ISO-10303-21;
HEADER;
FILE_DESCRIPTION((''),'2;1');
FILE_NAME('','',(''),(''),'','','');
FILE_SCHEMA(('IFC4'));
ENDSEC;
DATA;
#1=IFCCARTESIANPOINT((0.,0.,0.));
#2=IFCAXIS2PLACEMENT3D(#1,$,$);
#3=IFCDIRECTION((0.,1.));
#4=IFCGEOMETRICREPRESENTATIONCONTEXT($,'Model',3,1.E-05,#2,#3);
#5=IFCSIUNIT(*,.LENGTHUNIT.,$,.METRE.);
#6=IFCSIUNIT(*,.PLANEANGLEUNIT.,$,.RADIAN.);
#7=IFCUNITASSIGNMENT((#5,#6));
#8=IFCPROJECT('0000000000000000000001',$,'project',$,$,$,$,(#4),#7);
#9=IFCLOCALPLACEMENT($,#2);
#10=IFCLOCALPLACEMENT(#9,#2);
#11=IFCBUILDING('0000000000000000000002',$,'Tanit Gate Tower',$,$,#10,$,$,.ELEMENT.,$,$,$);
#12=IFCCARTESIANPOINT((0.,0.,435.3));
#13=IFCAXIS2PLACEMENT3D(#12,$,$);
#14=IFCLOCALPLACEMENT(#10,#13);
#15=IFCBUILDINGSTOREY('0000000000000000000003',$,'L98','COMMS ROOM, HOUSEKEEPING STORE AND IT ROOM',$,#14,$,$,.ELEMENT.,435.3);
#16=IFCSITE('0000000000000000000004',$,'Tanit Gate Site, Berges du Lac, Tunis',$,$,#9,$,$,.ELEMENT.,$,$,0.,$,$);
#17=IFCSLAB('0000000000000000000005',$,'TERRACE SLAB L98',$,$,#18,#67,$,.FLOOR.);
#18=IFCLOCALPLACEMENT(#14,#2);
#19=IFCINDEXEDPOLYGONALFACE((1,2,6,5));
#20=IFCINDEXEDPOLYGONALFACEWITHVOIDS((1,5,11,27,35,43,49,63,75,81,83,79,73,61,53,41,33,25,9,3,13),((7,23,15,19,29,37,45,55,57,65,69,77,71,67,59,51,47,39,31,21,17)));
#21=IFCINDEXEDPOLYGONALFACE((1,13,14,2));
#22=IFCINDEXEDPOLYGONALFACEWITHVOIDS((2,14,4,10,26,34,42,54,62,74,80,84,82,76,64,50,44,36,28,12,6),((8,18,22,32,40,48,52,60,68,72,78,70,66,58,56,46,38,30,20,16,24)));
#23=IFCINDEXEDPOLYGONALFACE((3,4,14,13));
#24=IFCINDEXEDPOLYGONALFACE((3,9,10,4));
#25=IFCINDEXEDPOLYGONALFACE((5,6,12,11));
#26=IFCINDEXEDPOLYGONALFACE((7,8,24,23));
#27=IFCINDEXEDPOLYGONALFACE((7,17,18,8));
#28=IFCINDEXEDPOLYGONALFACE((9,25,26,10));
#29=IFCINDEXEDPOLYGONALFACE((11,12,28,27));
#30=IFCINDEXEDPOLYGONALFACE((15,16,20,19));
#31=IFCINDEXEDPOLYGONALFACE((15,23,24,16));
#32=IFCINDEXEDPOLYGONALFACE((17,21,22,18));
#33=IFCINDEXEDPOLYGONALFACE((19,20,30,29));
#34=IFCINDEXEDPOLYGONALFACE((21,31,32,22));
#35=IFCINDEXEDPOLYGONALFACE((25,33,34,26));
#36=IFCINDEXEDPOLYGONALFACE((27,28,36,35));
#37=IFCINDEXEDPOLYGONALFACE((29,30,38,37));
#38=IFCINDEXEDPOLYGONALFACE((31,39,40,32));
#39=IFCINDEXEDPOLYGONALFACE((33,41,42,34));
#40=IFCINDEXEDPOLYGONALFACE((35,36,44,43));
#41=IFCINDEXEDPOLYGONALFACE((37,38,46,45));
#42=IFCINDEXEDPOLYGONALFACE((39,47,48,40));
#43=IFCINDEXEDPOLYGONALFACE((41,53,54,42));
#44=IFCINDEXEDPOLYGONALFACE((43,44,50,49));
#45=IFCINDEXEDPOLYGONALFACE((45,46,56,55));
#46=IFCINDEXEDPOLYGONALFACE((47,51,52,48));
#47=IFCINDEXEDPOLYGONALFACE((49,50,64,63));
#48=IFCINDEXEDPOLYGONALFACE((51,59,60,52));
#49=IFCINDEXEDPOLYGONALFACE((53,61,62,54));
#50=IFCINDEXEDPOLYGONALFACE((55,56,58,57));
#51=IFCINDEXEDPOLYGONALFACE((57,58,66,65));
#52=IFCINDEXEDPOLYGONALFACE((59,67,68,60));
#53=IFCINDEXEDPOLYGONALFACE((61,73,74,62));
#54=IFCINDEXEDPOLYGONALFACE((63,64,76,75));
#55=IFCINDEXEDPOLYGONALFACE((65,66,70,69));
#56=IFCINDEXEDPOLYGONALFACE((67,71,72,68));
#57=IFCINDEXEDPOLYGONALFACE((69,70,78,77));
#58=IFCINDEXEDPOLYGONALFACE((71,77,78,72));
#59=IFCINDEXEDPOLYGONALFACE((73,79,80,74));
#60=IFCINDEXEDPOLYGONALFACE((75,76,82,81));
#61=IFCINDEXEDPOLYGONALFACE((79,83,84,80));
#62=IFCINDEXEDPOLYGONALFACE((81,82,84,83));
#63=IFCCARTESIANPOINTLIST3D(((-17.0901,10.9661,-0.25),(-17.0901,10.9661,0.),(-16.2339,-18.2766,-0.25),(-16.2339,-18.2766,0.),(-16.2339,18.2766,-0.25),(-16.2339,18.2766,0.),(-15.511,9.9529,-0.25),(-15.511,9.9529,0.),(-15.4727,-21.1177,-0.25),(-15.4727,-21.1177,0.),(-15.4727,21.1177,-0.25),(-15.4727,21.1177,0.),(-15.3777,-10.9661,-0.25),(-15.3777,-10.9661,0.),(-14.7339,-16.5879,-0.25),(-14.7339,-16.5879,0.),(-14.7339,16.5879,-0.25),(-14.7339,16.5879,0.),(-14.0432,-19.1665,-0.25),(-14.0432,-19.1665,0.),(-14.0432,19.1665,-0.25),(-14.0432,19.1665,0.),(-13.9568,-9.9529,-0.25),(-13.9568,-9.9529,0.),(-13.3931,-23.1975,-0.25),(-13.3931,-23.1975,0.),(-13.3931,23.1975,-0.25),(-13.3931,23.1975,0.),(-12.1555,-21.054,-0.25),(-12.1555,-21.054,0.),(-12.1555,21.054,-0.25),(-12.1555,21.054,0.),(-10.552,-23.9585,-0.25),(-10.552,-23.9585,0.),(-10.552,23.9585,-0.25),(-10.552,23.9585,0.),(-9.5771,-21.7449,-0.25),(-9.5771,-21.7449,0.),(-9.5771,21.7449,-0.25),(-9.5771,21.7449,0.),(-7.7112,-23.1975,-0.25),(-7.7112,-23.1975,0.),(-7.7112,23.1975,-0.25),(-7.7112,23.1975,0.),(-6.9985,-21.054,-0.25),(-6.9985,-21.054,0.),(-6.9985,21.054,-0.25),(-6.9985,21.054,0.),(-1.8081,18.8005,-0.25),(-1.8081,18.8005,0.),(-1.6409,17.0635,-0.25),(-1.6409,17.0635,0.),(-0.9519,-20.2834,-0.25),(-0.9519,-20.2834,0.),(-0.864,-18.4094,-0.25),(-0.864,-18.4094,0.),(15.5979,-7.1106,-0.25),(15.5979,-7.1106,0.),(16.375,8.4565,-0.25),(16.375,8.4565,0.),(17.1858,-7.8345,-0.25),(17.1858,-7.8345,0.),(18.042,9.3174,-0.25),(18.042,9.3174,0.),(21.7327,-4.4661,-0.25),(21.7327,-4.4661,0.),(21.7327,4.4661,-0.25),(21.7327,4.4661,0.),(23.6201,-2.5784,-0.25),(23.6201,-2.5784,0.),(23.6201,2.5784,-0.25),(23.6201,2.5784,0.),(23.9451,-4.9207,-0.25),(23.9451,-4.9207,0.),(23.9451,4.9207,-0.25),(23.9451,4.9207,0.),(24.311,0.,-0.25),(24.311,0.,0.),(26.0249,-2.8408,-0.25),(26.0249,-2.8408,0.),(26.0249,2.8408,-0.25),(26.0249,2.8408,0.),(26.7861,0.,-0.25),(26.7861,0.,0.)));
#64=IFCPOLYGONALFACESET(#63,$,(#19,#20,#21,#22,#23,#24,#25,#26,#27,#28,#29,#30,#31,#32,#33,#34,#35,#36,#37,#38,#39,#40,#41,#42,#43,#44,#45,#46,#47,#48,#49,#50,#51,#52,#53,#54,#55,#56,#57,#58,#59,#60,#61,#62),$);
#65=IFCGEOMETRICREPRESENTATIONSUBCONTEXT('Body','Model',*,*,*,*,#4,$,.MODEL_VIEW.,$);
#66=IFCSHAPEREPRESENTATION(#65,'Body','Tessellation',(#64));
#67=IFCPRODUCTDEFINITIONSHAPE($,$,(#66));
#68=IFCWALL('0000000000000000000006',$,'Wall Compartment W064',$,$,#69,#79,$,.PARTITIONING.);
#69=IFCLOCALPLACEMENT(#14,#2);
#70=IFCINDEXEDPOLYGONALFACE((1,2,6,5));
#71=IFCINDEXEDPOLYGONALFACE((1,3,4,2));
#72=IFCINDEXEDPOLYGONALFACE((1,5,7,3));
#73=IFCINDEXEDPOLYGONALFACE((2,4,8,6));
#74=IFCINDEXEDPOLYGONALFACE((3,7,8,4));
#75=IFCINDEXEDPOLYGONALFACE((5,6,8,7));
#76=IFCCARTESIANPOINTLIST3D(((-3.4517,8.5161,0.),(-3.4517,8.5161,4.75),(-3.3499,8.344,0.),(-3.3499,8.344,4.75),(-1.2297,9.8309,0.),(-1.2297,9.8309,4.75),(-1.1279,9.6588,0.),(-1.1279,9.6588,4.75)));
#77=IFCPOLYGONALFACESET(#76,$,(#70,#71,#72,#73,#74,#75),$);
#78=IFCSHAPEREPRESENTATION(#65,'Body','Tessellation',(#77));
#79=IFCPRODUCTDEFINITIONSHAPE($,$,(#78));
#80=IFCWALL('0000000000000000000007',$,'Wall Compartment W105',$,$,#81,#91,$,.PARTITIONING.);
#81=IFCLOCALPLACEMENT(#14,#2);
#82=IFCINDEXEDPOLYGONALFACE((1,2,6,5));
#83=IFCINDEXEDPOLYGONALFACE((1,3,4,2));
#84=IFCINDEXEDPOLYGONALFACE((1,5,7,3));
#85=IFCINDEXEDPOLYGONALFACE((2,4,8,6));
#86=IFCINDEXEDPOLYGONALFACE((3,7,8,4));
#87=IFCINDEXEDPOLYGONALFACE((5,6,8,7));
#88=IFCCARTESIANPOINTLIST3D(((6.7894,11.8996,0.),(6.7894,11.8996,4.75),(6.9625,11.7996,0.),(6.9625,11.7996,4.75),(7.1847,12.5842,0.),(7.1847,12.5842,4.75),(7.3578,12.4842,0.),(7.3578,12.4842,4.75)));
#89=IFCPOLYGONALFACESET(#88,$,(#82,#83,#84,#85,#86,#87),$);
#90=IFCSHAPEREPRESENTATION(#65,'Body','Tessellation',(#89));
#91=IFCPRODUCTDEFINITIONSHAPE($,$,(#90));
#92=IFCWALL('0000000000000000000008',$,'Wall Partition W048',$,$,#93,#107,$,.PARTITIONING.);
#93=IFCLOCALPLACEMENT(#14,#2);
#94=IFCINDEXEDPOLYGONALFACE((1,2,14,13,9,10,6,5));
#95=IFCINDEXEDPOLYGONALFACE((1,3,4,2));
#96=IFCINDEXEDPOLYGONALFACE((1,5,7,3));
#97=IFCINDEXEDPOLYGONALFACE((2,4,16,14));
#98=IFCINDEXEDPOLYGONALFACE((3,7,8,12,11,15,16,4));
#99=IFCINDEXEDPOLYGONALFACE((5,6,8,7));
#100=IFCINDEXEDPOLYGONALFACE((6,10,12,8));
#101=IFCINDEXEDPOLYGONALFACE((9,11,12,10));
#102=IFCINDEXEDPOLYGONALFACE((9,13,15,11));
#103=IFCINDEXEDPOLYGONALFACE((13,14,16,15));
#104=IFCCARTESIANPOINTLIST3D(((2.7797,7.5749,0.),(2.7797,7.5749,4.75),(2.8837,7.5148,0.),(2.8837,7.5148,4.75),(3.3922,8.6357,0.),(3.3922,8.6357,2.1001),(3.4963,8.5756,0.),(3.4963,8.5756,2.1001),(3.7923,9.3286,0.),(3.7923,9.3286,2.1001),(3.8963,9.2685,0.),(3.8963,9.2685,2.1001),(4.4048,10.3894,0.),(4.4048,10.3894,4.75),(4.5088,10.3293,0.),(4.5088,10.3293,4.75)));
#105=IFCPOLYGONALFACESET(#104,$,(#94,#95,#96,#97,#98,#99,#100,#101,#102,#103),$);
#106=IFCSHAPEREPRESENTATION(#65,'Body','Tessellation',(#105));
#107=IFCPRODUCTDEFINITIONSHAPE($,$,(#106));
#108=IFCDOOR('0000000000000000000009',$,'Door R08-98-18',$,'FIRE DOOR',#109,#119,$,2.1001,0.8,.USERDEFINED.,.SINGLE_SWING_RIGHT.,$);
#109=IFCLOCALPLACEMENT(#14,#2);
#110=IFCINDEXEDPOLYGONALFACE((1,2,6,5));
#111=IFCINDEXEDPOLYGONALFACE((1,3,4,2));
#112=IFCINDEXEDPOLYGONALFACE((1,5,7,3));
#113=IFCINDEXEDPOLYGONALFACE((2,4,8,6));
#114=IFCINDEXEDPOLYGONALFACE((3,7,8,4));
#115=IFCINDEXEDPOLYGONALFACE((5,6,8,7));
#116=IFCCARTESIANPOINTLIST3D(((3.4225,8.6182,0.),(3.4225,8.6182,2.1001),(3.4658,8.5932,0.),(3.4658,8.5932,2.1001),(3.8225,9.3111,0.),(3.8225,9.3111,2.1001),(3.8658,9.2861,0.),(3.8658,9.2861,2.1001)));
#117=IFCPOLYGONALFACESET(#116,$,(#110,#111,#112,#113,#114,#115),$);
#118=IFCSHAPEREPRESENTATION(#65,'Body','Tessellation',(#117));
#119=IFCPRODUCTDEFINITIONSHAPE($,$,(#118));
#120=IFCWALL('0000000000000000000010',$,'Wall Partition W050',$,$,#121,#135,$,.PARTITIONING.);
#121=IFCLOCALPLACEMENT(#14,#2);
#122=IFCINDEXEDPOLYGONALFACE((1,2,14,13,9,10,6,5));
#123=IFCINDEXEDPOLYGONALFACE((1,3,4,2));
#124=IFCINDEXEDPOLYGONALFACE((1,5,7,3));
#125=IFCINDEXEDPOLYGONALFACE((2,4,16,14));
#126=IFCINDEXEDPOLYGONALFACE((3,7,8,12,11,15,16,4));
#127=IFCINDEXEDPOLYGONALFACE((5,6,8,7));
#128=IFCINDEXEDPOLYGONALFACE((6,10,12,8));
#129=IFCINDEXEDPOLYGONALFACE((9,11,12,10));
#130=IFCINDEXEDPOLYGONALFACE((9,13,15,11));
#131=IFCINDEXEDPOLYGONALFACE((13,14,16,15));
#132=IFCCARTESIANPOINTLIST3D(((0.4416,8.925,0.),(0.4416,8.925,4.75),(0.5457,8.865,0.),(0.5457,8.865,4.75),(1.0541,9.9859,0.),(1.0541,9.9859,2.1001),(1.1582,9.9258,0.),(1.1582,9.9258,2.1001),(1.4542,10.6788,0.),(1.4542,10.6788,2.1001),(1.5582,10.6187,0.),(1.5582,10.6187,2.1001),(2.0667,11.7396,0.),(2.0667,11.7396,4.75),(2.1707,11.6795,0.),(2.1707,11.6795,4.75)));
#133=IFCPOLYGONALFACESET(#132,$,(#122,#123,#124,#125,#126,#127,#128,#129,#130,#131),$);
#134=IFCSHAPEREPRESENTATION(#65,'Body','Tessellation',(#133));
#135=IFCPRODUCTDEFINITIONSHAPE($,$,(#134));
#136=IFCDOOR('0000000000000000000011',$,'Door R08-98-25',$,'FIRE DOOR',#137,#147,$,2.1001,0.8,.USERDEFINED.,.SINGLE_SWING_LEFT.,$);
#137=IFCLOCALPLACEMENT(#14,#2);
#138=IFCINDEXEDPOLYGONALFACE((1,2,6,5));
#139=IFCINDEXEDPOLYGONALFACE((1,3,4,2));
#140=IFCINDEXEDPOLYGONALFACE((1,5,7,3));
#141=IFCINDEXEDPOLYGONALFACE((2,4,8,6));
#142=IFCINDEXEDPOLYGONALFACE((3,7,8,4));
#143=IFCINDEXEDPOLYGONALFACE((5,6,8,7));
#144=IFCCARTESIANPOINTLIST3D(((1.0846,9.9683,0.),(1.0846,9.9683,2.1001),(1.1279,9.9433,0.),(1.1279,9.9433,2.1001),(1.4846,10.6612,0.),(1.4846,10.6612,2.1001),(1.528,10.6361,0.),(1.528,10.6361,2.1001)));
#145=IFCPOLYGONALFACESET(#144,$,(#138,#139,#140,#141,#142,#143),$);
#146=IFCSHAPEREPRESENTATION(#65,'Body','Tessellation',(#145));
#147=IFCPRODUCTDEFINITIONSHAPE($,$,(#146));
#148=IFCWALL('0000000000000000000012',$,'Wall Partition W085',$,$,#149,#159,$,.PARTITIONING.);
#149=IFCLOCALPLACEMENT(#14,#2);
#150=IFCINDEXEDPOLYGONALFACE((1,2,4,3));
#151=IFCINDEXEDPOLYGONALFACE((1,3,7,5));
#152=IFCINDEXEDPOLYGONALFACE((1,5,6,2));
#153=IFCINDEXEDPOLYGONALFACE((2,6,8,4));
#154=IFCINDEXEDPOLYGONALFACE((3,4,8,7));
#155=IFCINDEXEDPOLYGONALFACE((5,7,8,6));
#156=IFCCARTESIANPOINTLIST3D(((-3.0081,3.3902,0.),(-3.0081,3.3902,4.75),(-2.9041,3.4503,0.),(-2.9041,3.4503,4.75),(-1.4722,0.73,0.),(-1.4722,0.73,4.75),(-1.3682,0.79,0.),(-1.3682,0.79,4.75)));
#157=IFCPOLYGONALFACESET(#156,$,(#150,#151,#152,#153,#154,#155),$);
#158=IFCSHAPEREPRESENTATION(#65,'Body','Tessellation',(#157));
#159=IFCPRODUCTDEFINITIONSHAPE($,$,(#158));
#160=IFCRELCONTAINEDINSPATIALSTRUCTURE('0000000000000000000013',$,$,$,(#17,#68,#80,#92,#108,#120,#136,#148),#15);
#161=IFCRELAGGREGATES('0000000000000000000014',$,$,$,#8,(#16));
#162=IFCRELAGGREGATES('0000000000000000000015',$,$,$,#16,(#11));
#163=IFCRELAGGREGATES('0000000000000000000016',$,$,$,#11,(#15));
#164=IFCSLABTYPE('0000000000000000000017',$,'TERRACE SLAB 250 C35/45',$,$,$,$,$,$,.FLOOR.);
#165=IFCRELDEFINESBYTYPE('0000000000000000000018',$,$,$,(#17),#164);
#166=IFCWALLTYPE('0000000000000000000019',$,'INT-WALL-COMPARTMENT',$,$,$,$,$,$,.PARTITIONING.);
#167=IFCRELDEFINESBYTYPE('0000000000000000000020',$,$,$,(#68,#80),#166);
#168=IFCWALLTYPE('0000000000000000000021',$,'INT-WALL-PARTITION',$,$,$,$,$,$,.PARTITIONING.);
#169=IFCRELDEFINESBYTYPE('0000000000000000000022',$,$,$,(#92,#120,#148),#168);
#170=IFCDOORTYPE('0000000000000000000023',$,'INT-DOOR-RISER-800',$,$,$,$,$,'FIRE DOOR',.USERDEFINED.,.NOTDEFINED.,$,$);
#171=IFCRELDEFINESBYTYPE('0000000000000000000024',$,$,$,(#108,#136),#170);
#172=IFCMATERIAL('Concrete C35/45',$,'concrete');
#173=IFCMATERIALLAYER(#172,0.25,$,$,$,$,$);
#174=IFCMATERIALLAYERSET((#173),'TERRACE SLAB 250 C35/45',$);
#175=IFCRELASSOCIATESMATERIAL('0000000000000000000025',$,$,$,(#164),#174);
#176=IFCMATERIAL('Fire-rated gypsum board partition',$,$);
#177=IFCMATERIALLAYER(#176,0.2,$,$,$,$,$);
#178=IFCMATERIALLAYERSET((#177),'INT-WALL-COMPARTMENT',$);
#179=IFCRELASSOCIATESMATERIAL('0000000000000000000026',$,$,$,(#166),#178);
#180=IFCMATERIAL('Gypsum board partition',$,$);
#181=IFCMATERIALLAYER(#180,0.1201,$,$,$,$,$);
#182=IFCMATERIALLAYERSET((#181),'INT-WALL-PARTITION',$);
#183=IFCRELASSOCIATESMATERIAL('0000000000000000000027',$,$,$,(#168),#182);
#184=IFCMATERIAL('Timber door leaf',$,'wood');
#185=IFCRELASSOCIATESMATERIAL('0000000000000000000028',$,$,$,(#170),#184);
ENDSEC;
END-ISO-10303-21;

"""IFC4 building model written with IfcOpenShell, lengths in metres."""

from ifc_helpers import new_model, si_unit, direction, frame, frame_2d, origin, place, context, subcontext, project, spatial, polyline, rectangle, outline, extrude, material, layer, layer_set, type_object, element, fill, save


model = new_model("IFC4")

# Units and contexts
model_context = context("Model", 3, precision=1e-05, world=origin(), true_north=direction((0.0, 1.0)))
body_context = subcontext(model_context, "Body", "Model", "MODEL_VIEW")
ifc_project = project(units=[si_unit("LENGTHUNIT", "METRE"), si_unit("PLANEANGLEUNIT", "RADIAN")], contexts=[model_context])

# Site, building, storey
site_placement = place(None, origin())
site = spatial("IfcSite", under=ifc_project, at=site_placement, Name="Tanit Gate Site, Berges du Lac, Tunis", CompositionType="ELEMENT", RefElevation=0.0)
building_placement = place(site_placement, origin())
building = spatial("IfcBuilding", under=site, at=building_placement, Name="Tanit Gate Tower", CompositionType="ELEMENT")
storey_placement = place(building_placement, frame((0.0, 0.0, 435.3)))
storey = spatial("IfcBuildingStorey", under=building, at=storey_placement, Name="L98", Description="COMMS ROOM, HOUSEKEEPING STORE AND IT ROOM", CompositionType="ELEMENT", Elevation=435.3)

# Slab
ifc_material_1 = material(Name="Concrete C35/45", Category="concrete")
ifc_layer_1 = layer(ifc_material_1, 0.25)
ifc_layer_set_1 = layer_set([ifc_layer_1], Name="TERRACE SLAB 250 C35/45")
slab_type_1 = type_object("IfcSlabType", Name="TERRACE SLAB 250 C35/45", PredefinedType="FLOOR", material=ifc_layer_set_1)
slab_1_placement = place(storey_placement, frame((0.0, 0.0, -0.25)))
element("IfcSlab", 1, at=slab_1_placement, inside=storey, type_object=slab_type_1, Name="TERRACE SLAB L98", PredefinedType="FLOOR", context=body_context, shape_type="SweptSolid", body=[
    extrude(outline(polyline([(26.0249, 2.8408), (26.7861, 0.0), (26.0249, -2.8408), (23.9451, -4.9207), (17.1858, -7.8345), (-0.9519, -20.2834), (-7.7112, -23.1975), (-10.552, -23.9585), (-13.3931, -23.1975), (-15.4727, -21.1177), (-16.2339, -18.2766), (-15.3777, -10.9661), (-17.0901, 10.9661), (-16.2339, 18.2766), (-15.4727, 21.1177), (-13.3931, 23.1975), (-10.552, 23.9585), (-7.7112, 23.1975), (-1.8081, 18.8005), (18.042, 9.3174), (23.9451, 4.9207), (26.0249, 2.8408)]), holes=[polyline([(16.375, 8.4565), (-1.6409, 17.0635), (-6.9985, 21.054), (-9.5771, 21.7449), (-12.1555, 21.054), (-14.0432, 19.1665), (-14.7339, 16.5879), (-15.511, 9.9529), (-13.9568, -9.9529), (-14.7339, -16.5879), (-14.0432, -19.1665), (-12.1555, -21.054), (-9.5771, -21.7449), (-6.9985, -21.054), (-0.864, -18.4094), (15.5979, -7.1106), (21.7327, -4.4661), (23.6201, -2.5784), (24.311, 0.0), (23.6201, 2.5784), (21.7327, 4.4661), (16.375, 8.4565)])]), origin(), (0.0, 0.0, 1.0), 0.25),
])

# Walls
ifc_material_2 = material(Name="Fire-rated gypsum board partition")
ifc_layer_2 = layer(ifc_material_2, 0.2)
ifc_layer_set_2 = layer_set([ifc_layer_2], Name="INT-WALL-COMPARTMENT")
wall_type_1 = type_object("IfcWallType", Name="INT-WALL-COMPARTMENT", PredefinedType="PARTITIONING", material=ifc_layer_set_2)
wall_1_placement = place(storey_placement, frame((-1.1787, 9.7449, 0.0), z_axis=(0.0, 0.0, 1.0), x_axis=(-0.860631, -0.509229, 0.0)))
element("IfcWall", 2, at=wall_1_placement, inside=storey, type_object=wall_type_1, Name="Wall Compartment W064", PredefinedType="PARTITIONING", context=body_context, shape_type="SweptSolid", body=[
    extrude(rectangle(XDim=2.5818, YDim=0.2, at=frame_2d((1.291, 0.0))), origin(), (0.0, 0.0, 1.0), 4.75),
])
wall_2_placement = place(storey_placement, frame((7.2712, 12.5342, 0.0), z_axis=(0.0, 0.0, 1.0), x_axis=(-0.500025, -0.866011, 0.0)))
element("IfcWall", 3, at=wall_2_placement, inside=storey, type_object=wall_type_1, Name="Wall Compartment W105", PredefinedType="PARTITIONING", context=body_context, shape_type="SweptSolid", body=[
    extrude(rectangle(XDim=0.7905, YDim=0.2, at=frame_2d((0.3953, 0.0))), origin(), (0.0, 0.0, 1.0), 4.75),
])

# Walls, openings, doors
ifc_material_3 = material(Name="Gypsum board partition")
ifc_layer_3 = layer(ifc_material_3, 0.1201)
ifc_layer_set_3 = layer_set([ifc_layer_3], Name="INT-WALL-PARTITION")
wall_type_2 = type_object("IfcWallType", Name="INT-WALL-PARTITION", PredefinedType="PARTITIONING", material=ifc_layer_set_3)
wall_3_placement = place(storey_placement, frame((4.4568, 10.3594, 0.0), z_axis=(0.0, 0.0, 1.0), x_axis=(-0.500017, -0.866015, 0.0)))
wall_3 = element("IfcWall", 4, at=wall_3_placement, inside=storey, type_object=wall_type_2, Name="Wall Partition W048", PredefinedType="PARTITIONING", context=body_context, shape_type="SweptSolid", body=[
    extrude(rectangle(XDim=3.25, YDim=0.1201, at=frame_2d((1.625, 0.0))), origin(), (0.0, 0.0, 1.0), 4.75),
])
opening_1_placement = place(wall_3_placement, frame((1.2251, 0.0, 0.0)))
opening_1 = element("IfcOpeningElement", 5, at=opening_1_placement, cuts=wall_3, PredefinedType="OPENING", context=body_context, shape_type="SweptSolid", body=[
    extrude(rectangle(XDim=0.8, YDim=2.1001, at=frame_2d((0.3999, 1.05))), frame((0.0, 0.0701, 0.0), z_axis=(0.0, -1.0, 0.0), x_axis=(1.0, 0.0, 0.0)), (0.0, 0.0, 1.0), 0.1401),
])
ifc_material_4 = material(Name="Timber door leaf", Category="wood")
door_type_1 = type_object("IfcDoorType", Name="INT-DOOR-RISER-800", ElementType="FIRE DOOR", OperationType="NOTDEFINED", PredefinedType="USERDEFINED", material=ifc_material_4)
door_1_placement = place(opening_1_placement, origin())
door_1 = element("IfcDoor", 6, at=door_1_placement, inside=storey, type_object=door_type_1, Name="Door R08-98-18", ObjectType="FIRE DOOR", OperationType="SINGLE_SWING_RIGHT", OverallHeight=2.1001, OverallWidth=0.8, PredefinedType="USERDEFINED", context=body_context, shape_type="SweptSolid", body=[
    extrude(rectangle(XDim=0.8, YDim=2.1001, at=frame_2d((0.3999, 1.05))), frame((0.0, 0.0249, 0.0), z_axis=(0.0, -1.0, 0.0), x_axis=(1.0, 0.0, 0.0)), (0.0, 0.0, 1.0), 0.05),
])
fill(opening_1, door_1)
wall_4_placement = place(storey_placement, frame((0.4937, 8.895, 0.0), z_axis=(0.0, 0.0, 1.0), x_axis=(0.500017, 0.866015, 0.0)))
wall_4 = element("IfcWall", 7, at=wall_4_placement, inside=storey, type_object=wall_type_2, Name="Wall Partition W050", PredefinedType="PARTITIONING", context=body_context, shape_type="SweptSolid", body=[
    extrude(rectangle(XDim=3.25, YDim=0.1201, at=frame_2d((1.625, 0.0))), origin(), (0.0, 0.0, 1.0), 4.75),
])
opening_2_placement = place(wall_4_placement, frame((1.2251, 0.0, 0.0)))
opening_2 = element("IfcOpeningElement", 8, at=opening_2_placement, cuts=wall_4, PredefinedType="OPENING", context=body_context, shape_type="SweptSolid", body=[
    extrude(rectangle(XDim=0.8, YDim=2.1001, at=frame_2d((0.3999, 1.05))), frame((0.0, 0.0701, 0.0), z_axis=(0.0, -1.0, 0.0), x_axis=(1.0, 0.0, 0.0)), (0.0, 0.0, 1.0), 0.1401),
])
door_2_placement = place(opening_2_placement, origin())
door_2 = element("IfcDoor", 9, at=door_2_placement, inside=storey, type_object=door_type_1, Name="Door R08-98-25", ObjectType="FIRE DOOR", OperationType="SINGLE_SWING_LEFT", OverallHeight=2.1001, OverallWidth=0.8, PredefinedType="USERDEFINED", context=body_context, shape_type="SweptSolid", body=[
    extrude(rectangle(XDim=0.8, YDim=2.1001, at=frame_2d((0.3999, 1.05))), frame((0.0, 0.0249, 0.0), z_axis=(0.0, -1.0, 0.0), x_axis=(1.0, 0.0, 0.0)), (0.0, 0.0, 1.0), 0.05),
])
fill(opening_2, door_2)

# Wall
wall_5_placement = place(storey_placement, frame((-1.4202, 0.76, 0.0), z_axis=(0.0, 0.0, 1.0), x_axis=(-0.500011, 0.866019, 0.0)))
element("IfcWall", 10, at=wall_5_placement, inside=storey, type_object=wall_type_2, Name="Wall Partition W085", PredefinedType="PARTITIONING", context=body_context, shape_type="SweptSolid", body=[
    extrude(rectangle(XDim=3.0718, YDim=0.1201, at=frame_2d((1.5359, 0.0))), origin(), (0.0, 0.0, 1.0), 4.75),
])

save(model, "model.ifc")
